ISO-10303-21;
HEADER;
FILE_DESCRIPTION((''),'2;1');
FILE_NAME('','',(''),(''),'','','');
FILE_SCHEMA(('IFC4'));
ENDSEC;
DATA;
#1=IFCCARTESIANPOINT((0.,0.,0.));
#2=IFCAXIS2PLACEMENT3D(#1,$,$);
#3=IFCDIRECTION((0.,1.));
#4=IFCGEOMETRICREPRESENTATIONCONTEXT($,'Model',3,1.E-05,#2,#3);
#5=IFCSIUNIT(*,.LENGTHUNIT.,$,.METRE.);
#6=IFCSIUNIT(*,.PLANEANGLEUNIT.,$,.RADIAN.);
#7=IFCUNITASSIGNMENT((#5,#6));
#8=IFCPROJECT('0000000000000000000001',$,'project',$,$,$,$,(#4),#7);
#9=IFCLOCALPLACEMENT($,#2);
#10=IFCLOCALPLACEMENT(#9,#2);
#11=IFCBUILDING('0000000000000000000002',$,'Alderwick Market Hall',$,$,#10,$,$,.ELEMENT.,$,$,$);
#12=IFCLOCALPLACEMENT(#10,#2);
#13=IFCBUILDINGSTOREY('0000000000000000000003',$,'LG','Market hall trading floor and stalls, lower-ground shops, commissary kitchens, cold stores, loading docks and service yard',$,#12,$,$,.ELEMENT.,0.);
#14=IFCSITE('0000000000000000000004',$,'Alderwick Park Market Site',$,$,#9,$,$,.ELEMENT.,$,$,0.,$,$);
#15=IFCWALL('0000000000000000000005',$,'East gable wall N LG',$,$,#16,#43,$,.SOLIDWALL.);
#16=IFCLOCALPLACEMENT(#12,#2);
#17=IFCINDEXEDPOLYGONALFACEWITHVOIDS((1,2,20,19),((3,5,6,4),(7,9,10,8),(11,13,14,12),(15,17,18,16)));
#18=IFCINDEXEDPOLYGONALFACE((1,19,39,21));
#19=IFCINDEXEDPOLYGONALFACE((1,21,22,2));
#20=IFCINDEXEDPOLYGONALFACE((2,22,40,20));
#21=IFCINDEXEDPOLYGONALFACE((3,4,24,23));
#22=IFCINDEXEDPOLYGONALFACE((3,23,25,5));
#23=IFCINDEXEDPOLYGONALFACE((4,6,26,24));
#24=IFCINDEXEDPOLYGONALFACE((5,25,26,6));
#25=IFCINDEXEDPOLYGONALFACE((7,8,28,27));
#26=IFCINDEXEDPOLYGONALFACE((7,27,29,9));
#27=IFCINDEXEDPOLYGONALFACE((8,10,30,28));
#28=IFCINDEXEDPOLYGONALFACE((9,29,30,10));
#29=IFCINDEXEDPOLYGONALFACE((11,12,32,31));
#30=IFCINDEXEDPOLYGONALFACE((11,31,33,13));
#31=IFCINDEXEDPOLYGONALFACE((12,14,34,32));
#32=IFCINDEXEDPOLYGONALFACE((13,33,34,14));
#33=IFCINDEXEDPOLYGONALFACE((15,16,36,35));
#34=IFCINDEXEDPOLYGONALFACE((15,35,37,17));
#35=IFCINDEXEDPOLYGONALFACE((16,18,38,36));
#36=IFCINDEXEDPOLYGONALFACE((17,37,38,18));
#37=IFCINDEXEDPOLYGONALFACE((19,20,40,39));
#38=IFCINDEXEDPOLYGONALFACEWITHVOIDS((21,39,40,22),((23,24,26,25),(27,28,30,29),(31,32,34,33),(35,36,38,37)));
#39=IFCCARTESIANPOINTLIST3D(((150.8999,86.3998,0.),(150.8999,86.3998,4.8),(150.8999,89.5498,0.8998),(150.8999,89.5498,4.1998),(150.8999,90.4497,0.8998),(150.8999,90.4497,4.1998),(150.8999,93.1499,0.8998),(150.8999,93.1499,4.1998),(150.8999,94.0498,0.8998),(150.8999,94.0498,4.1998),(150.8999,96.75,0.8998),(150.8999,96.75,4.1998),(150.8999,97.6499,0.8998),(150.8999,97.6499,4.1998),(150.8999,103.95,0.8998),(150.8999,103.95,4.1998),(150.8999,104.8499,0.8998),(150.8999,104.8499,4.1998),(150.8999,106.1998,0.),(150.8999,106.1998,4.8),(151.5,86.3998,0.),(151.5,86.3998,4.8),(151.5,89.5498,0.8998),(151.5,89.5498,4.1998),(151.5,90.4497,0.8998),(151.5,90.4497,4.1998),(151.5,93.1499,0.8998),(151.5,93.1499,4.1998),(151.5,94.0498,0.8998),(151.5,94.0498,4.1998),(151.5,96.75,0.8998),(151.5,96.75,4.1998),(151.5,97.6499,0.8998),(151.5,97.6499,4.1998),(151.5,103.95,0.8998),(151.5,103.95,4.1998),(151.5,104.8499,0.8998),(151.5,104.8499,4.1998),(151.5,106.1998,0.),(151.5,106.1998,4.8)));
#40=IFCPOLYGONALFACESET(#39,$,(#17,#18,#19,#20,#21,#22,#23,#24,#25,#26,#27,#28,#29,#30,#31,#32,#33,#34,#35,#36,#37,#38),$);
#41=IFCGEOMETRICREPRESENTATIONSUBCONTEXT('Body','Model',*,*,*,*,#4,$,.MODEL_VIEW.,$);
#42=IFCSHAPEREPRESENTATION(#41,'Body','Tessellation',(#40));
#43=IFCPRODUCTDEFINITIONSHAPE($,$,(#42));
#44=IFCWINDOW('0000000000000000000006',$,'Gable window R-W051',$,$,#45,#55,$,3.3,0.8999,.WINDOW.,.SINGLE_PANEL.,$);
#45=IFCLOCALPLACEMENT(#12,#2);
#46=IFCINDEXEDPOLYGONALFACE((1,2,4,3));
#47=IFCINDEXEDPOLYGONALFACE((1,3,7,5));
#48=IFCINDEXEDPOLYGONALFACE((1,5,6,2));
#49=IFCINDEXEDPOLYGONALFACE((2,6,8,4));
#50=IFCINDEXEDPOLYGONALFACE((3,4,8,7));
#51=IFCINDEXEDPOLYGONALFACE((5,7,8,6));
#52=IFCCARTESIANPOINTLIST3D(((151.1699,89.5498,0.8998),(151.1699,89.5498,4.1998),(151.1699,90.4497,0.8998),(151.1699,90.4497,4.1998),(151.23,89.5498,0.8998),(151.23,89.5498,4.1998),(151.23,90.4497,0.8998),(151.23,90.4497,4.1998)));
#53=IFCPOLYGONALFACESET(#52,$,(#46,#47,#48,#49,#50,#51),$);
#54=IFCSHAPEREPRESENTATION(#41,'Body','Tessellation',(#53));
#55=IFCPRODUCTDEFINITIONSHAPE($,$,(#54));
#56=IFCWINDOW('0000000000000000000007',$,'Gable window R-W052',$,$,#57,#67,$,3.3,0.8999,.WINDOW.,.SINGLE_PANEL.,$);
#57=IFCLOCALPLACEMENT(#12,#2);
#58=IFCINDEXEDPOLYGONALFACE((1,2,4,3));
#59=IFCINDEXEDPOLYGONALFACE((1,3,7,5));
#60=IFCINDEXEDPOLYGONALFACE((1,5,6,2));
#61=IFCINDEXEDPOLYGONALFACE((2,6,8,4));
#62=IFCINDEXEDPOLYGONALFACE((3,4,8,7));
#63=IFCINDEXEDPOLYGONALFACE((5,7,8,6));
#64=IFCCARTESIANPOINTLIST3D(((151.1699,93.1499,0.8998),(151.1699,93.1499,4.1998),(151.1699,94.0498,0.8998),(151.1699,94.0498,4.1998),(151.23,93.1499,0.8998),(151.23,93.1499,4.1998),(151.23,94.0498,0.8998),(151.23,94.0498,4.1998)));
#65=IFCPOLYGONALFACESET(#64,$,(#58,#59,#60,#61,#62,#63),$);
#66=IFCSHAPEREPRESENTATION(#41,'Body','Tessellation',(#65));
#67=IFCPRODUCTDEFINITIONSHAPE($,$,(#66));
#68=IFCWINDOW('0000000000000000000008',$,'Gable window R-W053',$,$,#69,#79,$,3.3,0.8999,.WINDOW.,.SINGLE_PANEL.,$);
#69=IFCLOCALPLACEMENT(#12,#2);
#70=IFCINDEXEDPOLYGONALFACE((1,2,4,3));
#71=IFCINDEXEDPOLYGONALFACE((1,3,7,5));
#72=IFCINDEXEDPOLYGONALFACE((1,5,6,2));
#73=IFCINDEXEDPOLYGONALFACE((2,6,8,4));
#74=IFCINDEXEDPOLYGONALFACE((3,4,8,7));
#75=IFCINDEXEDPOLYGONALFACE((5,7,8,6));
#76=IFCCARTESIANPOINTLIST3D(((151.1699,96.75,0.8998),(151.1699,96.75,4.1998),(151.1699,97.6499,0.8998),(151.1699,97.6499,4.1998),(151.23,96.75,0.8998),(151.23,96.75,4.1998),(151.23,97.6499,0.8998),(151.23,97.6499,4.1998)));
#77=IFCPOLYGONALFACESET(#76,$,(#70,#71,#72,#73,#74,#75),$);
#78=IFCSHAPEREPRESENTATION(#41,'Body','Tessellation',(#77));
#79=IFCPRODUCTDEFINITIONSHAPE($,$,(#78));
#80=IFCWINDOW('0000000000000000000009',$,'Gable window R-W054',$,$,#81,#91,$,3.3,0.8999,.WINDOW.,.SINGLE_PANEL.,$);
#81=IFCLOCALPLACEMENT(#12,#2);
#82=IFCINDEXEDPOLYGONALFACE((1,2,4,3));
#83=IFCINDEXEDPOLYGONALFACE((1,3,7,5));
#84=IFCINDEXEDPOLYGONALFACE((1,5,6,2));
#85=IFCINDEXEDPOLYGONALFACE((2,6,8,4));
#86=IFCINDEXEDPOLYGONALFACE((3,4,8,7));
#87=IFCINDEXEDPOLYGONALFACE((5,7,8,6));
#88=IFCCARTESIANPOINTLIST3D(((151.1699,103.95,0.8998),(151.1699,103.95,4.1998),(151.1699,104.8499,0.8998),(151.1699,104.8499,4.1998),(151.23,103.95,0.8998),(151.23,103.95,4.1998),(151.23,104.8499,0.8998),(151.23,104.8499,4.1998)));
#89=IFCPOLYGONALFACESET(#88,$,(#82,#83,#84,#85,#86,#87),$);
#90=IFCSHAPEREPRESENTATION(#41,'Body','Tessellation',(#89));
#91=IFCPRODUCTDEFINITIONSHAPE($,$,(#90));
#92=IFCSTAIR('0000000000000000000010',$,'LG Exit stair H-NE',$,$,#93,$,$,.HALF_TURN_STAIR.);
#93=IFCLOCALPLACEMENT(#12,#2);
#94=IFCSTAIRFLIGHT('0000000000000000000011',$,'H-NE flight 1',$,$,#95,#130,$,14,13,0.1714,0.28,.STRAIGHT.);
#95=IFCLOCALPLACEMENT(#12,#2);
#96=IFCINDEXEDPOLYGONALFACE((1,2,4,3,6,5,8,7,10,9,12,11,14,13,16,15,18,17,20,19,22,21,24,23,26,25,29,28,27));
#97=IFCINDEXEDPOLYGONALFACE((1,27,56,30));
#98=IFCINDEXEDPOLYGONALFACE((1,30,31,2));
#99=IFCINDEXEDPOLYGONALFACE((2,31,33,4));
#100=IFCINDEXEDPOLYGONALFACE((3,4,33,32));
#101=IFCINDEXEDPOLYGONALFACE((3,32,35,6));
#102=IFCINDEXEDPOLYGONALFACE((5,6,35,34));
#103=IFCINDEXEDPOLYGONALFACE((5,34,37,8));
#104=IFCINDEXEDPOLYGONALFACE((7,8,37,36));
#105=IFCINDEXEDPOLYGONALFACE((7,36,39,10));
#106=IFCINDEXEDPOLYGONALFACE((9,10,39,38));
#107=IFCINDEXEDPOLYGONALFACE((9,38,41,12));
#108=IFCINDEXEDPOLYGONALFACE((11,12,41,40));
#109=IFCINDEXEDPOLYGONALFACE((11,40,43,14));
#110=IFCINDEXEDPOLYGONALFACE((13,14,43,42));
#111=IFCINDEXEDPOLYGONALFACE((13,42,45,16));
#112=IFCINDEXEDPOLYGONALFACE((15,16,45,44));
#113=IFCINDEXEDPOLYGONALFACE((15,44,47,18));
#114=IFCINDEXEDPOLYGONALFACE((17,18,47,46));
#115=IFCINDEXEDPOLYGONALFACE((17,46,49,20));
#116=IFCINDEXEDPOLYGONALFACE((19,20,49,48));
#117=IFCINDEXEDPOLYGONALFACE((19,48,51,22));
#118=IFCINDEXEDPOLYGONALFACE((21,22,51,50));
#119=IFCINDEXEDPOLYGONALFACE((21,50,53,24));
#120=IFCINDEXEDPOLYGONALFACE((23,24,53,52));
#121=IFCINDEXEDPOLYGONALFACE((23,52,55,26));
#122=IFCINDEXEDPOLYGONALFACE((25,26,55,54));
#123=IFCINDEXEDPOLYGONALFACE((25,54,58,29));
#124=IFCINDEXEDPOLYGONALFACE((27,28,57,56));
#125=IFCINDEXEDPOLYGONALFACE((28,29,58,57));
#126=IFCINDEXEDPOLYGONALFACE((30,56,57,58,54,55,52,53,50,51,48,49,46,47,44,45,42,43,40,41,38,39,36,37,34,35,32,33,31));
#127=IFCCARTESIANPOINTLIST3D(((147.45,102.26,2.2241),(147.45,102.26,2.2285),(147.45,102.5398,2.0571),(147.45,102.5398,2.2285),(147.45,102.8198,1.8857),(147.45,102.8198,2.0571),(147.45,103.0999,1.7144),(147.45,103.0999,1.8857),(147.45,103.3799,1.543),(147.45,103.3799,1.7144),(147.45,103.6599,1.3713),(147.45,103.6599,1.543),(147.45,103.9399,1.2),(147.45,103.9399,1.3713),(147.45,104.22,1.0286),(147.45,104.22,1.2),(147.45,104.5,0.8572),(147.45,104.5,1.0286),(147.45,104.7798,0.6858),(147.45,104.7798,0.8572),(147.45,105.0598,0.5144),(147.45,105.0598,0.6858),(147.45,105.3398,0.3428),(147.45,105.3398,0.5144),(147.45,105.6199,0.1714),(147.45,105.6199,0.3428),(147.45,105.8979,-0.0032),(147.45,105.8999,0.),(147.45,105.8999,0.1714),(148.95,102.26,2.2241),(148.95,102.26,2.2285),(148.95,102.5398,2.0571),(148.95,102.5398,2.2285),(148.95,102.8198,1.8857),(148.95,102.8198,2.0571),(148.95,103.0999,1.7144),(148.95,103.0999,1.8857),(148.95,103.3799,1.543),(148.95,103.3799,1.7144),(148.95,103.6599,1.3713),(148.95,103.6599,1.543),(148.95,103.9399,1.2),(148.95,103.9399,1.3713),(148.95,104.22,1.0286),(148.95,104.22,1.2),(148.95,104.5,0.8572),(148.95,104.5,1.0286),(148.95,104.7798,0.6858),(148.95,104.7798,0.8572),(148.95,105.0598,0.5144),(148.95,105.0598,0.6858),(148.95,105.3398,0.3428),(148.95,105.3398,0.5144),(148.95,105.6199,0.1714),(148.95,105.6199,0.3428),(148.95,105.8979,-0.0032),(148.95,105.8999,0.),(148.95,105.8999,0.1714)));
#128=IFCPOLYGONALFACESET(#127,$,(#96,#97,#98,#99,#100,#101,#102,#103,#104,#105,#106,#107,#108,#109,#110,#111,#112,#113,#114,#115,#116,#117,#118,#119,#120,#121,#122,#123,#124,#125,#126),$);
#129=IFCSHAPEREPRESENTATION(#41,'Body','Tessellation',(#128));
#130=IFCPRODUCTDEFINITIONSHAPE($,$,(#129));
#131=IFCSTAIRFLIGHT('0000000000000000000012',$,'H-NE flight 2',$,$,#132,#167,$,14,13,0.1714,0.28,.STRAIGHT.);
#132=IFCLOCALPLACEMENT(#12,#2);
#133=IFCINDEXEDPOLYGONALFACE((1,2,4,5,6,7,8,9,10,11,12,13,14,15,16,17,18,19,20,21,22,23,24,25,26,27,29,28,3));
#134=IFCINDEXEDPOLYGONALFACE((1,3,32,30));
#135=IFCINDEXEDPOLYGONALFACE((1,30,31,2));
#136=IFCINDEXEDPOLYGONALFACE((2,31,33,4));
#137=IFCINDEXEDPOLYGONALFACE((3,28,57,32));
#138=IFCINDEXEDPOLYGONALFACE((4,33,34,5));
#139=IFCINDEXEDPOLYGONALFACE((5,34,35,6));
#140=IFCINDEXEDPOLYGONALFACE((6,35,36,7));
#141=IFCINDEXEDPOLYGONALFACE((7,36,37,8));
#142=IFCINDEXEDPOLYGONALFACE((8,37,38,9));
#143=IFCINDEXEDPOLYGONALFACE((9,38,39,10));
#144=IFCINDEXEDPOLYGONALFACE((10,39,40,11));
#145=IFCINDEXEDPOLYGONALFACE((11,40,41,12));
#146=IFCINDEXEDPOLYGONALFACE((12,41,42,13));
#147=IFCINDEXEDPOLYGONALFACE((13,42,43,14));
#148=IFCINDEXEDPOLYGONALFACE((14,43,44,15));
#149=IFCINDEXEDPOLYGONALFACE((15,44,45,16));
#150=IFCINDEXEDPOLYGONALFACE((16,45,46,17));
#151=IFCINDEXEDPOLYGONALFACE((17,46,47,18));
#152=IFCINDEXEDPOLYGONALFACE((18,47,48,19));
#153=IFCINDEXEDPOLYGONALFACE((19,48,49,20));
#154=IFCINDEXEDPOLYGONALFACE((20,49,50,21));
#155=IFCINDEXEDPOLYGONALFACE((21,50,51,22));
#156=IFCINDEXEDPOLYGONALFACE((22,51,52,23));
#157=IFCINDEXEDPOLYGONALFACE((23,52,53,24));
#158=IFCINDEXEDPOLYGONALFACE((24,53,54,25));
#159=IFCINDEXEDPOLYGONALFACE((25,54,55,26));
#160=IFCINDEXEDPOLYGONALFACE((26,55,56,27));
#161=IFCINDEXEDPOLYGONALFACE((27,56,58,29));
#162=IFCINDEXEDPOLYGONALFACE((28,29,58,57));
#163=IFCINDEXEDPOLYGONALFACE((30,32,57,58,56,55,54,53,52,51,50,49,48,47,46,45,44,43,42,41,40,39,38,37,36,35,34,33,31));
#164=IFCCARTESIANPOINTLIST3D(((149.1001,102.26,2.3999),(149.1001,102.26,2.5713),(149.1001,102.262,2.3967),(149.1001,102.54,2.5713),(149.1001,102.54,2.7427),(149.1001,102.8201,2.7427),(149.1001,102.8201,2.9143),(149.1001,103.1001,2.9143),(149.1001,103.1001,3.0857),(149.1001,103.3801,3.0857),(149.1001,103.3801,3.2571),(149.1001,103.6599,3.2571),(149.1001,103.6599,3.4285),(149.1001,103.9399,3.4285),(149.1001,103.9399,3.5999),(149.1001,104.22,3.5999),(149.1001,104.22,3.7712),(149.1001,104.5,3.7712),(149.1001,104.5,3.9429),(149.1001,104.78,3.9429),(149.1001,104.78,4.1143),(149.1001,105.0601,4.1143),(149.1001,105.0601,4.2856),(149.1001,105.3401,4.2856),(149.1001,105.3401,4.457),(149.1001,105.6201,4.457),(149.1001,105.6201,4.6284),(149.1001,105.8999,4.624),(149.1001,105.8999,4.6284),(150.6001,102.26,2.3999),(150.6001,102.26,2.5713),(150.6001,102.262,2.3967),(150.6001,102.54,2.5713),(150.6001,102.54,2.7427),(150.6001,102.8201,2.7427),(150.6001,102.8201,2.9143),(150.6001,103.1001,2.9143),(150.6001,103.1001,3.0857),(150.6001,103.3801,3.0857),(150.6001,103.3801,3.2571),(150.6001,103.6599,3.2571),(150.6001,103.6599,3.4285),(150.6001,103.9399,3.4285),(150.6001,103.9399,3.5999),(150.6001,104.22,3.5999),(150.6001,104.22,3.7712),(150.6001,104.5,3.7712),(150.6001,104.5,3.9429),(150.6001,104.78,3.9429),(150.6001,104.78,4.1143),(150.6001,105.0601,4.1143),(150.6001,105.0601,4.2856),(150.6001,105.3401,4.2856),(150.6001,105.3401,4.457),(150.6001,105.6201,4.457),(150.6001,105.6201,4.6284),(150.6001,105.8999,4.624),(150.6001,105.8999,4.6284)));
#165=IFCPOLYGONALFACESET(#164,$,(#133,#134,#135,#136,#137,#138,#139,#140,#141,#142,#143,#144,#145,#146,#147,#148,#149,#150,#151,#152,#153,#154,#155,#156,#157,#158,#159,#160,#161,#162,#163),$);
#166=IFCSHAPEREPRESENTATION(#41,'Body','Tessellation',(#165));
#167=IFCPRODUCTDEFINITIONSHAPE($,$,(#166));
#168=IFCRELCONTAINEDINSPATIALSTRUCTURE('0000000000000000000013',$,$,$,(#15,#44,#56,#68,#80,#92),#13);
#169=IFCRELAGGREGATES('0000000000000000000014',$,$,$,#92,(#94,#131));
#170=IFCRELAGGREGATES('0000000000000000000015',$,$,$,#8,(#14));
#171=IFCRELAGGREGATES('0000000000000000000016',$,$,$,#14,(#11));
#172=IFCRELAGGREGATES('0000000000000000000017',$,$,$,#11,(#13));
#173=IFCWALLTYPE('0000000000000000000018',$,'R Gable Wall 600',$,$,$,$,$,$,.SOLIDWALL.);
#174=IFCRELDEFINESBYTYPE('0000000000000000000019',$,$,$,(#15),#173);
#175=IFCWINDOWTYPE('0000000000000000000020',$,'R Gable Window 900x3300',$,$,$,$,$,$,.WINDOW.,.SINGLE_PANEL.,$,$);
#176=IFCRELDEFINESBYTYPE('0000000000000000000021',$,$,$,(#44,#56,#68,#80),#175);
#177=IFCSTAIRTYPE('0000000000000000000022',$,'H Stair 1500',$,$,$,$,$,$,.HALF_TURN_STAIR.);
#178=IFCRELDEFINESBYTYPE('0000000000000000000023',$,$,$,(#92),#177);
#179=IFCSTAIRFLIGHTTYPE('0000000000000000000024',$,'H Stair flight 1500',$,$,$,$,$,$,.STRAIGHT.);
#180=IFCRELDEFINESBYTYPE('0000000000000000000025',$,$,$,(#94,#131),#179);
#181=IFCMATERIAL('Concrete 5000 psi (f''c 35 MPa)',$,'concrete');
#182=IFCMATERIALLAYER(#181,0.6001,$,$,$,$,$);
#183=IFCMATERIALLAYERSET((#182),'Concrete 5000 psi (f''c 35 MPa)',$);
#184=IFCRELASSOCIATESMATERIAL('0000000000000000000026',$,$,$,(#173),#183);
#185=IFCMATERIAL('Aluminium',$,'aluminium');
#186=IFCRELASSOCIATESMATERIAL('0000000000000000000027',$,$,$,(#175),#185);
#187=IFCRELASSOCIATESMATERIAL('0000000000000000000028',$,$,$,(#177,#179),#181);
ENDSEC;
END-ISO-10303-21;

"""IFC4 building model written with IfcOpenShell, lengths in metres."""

from ifc_helpers import new_model, si_unit, direction, frame, frame_2d, origin, place, context, subcontext, project, spatial, polyline, rectangle, outline, extrude, material, layer, layer_set, type_object, element, fill, aggregate, save


model = new_model("IFC4")

# Units and contexts
model_context = context("Model", 3, precision=1e-05, world=origin(), true_north=direction((0.0, 1.0)))
body_context = subcontext(model_context, "Body", "Model", "MODEL_VIEW")
ifc_project = project(units=[si_unit("LENGTHUNIT", "METRE"), si_unit("PLANEANGLEUNIT", "RADIAN")], contexts=[model_context])

# Site, building, storey
site_placement = place(None, origin())
site = spatial("IfcSite", under=ifc_project, at=site_placement, Name="Alderwick Park Market Site", CompositionType="ELEMENT", RefElevation=0.0)
building_placement = place(site_placement, origin())
building = spatial("IfcBuilding", under=site, at=building_placement, Name="Alderwick Market Hall", CompositionType="ELEMENT")
storey_placement = place(building_placement, origin())
storey = spatial("IfcBuildingStorey", under=building, at=storey_placement, Name="LG", Description="Market hall trading floor and stalls, lower-ground shops, commissary kitchens, cold stores, loading docks and service yard", CompositionType="ELEMENT", Elevation=0.0)

# Shared definitions
ifc_material_1 = material(Name="Concrete 5000 psi (f'c 35 MPa)", Category="concrete")

# Wall, openings, windows
ifc_layer_1 = layer(ifc_material_1, 0.6001)
ifc_layer_set_1 = layer_set([ifc_layer_1], Name="Concrete 5000 psi (f'c 35 MPa)")
wall_type_1 = type_object("IfcWallType", Name="R Gable Wall 600", PredefinedType="SOLIDWALL", material=ifc_layer_set_1)
wall_1_placement = place(storey_placement, frame((151.2, 86.3999, 0.0), z_axis=(0.0, 0.0, 1.0), x_axis=(0.0, 1.0, 0.0)))
wall_1 = element("IfcWall", 1, at=wall_1_placement, inside=storey, type_object=wall_type_1, Name="East gable wall N LG", PredefinedType="SOLIDWALL", context=body_context, shape_type="SweptSolid", body=[
    extrude(rectangle(XDim=19.8, YDim=0.6001, at=frame_2d((9.8999, 0.0))), origin(), (0.0, 0.0, 1.0), 4.8),
])
opening_1_placement = place(wall_1_placement, frame((3.1499, 0.0, 0.8999)))
opening_1 = element("IfcOpeningElement", 2, at=opening_1_placement, cuts=wall_1, PredefinedType="OPENING", context=body_context, shape_type="SweptSolid", body=[
    extrude(rectangle(XDim=0.8999, YDim=3.3, at=frame_2d((0.45, 1.6499))), frame((0.0, 0.3101, 0.0), z_axis=(0.0, -1.0, 0.0), x_axis=(1.0, 0.0, 0.0)), (0.0, 0.0, 1.0), 0.6201),
])
opening_2_placement = place(wall_1_placement, frame((6.75, 0.0, 0.8999)))
opening_2 = element("IfcOpeningElement", 3, at=opening_2_placement, cuts=wall_1, PredefinedType="OPENING", context=body_context, shape_type="SweptSolid", body=[
    extrude(rectangle(XDim=0.8999, YDim=3.3, at=frame_2d((0.45, 1.6499))), frame((0.0, 0.3101, 0.0), z_axis=(0.0, -1.0, 0.0), x_axis=(1.0, 0.0, 0.0)), (0.0, 0.0, 1.0), 0.6201),
])
opening_3_placement = place(wall_1_placement, frame((10.3501, 0.0, 0.8999)))
opening_3 = element("IfcOpeningElement", 4, at=opening_3_placement, cuts=wall_1, PredefinedType="OPENING", context=body_context, shape_type="SweptSolid", body=[
    extrude(rectangle(XDim=0.8999, YDim=3.3, at=frame_2d((0.45, 1.6499))), frame((0.0, 0.3101, 0.0), z_axis=(0.0, -1.0, 0.0), x_axis=(1.0, 0.0, 0.0)), (0.0, 0.0, 1.0), 0.6201),
])
opening_4_placement = place(wall_1_placement, frame((17.55, 0.0, 0.8999)))
opening_4 = element("IfcOpeningElement", 5, at=opening_4_placement, cuts=wall_1, PredefinedType="OPENING", context=body_context, shape_type="SweptSolid", body=[
    extrude(rectangle(XDim=0.8999, YDim=3.3, at=frame_2d((0.45, 1.6499))), frame((0.0, 0.3101, 0.0), z_axis=(0.0, -1.0, 0.0), x_axis=(1.0, 0.0, 0.0)), (0.0, 0.0, 1.0), 0.6201),
])
ifc_material_2 = material(Name="Aluminium", Category="aluminium")
window_type = type_object("IfcWindowType", Name="R Gable Window 900x3300", PartitioningType="SINGLE_PANEL", PredefinedType="WINDOW", material=ifc_material_2)
window_1_placement = place(opening_1_placement, origin())
window_1 = element("IfcWindow", 6, at=window_1_placement, inside=storey, type_object=window_type, Name="Gable window R-W051", OverallHeight=3.3, OverallWidth=0.8999, PartitioningType="SINGLE_PANEL", PredefinedType="WINDOW", context=body_context, shape_type="SweptSolid", body=[
    extrude(rectangle(XDim=0.8999, YDim=3.3, at=frame_2d((0.45, 1.6499))), frame((0.0, 0.03, 0.0), z_axis=(0.0, -1.0, 0.0), x_axis=(1.0, 0.0, 0.0)), (0.0, 0.0, 1.0), 0.0601),
])
fill(opening_1, window_1)
window_2_placement = place(opening_2_placement, origin())
window_2 = element("IfcWindow", 7, at=window_2_placement, inside=storey, type_object=window_type, Name="Gable window R-W052", OverallHeight=3.3, OverallWidth=0.8999, PartitioningType="SINGLE_PANEL", PredefinedType="WINDOW", context=body_context, shape_type="SweptSolid", body=[
    extrude(rectangle(XDim=0.8999, YDim=3.3, at=frame_2d((0.45, 1.6499))), frame((0.0, 0.03, 0.0), z_axis=(0.0, -1.0, 0.0), x_axis=(1.0, 0.0, 0.0)), (0.0, 0.0, 1.0), 0.0601),
])
fill(opening_2, window_2)
window_3_placement = place(opening_3_placement, origin())
window_3 = element("IfcWindow", 8, at=window_3_placement, inside=storey, type_object=window_type, Name="Gable window R-W053", OverallHeight=3.3, OverallWidth=0.8999, PartitioningType="SINGLE_PANEL", PredefinedType="WINDOW", context=body_context, shape_type="SweptSolid", body=[
    extrude(rectangle(XDim=0.8999, YDim=3.3, at=frame_2d((0.45, 1.6499))), frame((0.0, 0.03, 0.0), z_axis=(0.0, -1.0, 0.0), x_axis=(1.0, 0.0, 0.0)), (0.0, 0.0, 1.0), 0.0601),
])
fill(opening_3, window_3)
window_4_placement = place(opening_4_placement, origin())
window_4 = element("IfcWindow", 9, at=window_4_placement, inside=storey, type_object=window_type, Name="Gable window R-W054", OverallHeight=3.3, OverallWidth=0.8999, PartitioningType="SINGLE_PANEL", PredefinedType="WINDOW", context=body_context, shape_type="SweptSolid", body=[
    extrude(rectangle(XDim=0.8999, YDim=3.3, at=frame_2d((0.45, 1.6499))), frame((0.0, 0.03, 0.0), z_axis=(0.0, -1.0, 0.0), x_axis=(1.0, 0.0, 0.0)), (0.0, 0.0, 1.0), 0.0601),
])
fill(opening_4, window_4)

# Stair, stair flights
stair_type = type_object("IfcStairType", Name="H Stair 1500", PredefinedType="HALF_TURN_STAIR", material=ifc_material_1)
stair_placement = place(storey_placement, origin())
stair = element("IfcStair", 10, at=stair_placement, inside=storey, type_object=stair_type, Name="LG Exit stair H-NE", PredefinedType="HALF_TURN_STAIR")
stair_flight_type = type_object("IfcStairFlightType", Name="H Stair flight 1500", PredefinedType="STRAIGHT", material=ifc_material_1)
stair_flight_1_placement = place(storey_placement, frame((148.2, 105.8999, 0.0), z_axis=(0.0, 0.0, 1.0), x_axis=(0.0, -1.0, 0.0)))
stair_flight_1 = element("IfcStairFlight", 11, at=stair_flight_1_placement, type_object=stair_flight_type, Name="H-NE flight 1", NumberOfRisers=14, NumberOfTreads=13, PredefinedType="STRAIGHT", RiserHeight=0.1714, TreadLength=0.28, context=body_context, shape_type="SweptSolid", body=[
    extrude(outline(polyline([(0.002, -0.0032), (0.0, 0.0), (0.0, 0.1714), (0.28, 0.1714), (0.28, 0.3428), (0.5601, 0.3428), (0.5601, 0.5144), (0.8401, 0.5144), (0.8401, 0.6858), (1.1201, 0.6858), (1.1201, 0.8572), (1.3999, 0.8572), (1.3999, 1.0286), (1.6799, 1.0286), (1.6799, 1.2), (1.96, 1.2), (1.96, 1.3713), (2.24, 1.3713), (2.24, 1.543), (2.52, 1.543), (2.52, 1.7144), (2.8, 1.7144), (2.8, 1.8857), (3.0801, 1.8857), (3.0801, 2.0571), (3.3601, 2.0571), (3.3601, 2.2285), (3.6399, 2.2285), (3.6399, 2.2241), (0.002, -0.0032)])), frame((0.0, 0.75, 0.0), z_axis=(0.0, -1.0, 0.0), x_axis=(1.0, 0.0, 0.0)), (0.0, 0.0, 1.0), 1.5),
])
stair_flight_2_placement = place(storey_placement, frame((149.8501, 102.26, 2.3999), z_axis=(0.0, 0.0, 1.0), x_axis=(0.0, 1.0, 0.0)))
stair_flight_2 = element("IfcStairFlight", 12, at=stair_flight_2_placement, type_object=stair_flight_type, Name="H-NE flight 2", NumberOfRisers=14, NumberOfTreads=13, PredefinedType="STRAIGHT", RiserHeight=0.1714, TreadLength=0.28, context=body_context, shape_type="SweptSolid", body=[
    extrude(outline(polyline([(0.002, -0.0032), (0.0, 0.0), (0.0, 0.1714), (0.28, 0.1714), (0.28, 0.3428), (0.5601, 0.3428), (0.5601, 0.5144), (0.8401, 0.5144), (0.8401, 0.6858), (1.1201, 0.6858), (1.1201, 0.8572), (1.3999, 0.8572), (1.3999, 1.0286), (1.6799, 1.0286), (1.6799, 1.2), (1.96, 1.2), (1.96, 1.3713), (2.24, 1.3713), (2.24, 1.543), (2.52, 1.543), (2.52, 1.7144), (2.8, 1.7144), (2.8, 1.8857), (3.0801, 1.8857), (3.0801, 2.0571), (3.3601, 2.0571), (3.3601, 2.2285), (3.6399, 2.2285), (3.6399, 2.2241), (0.002, -0.0032)])), frame((0.0, 0.75, 0.0), z_axis=(0.0, -1.0, 0.0), x_axis=(1.0, 0.0, 0.0)), (0.0, 0.0, 1.0), 1.5),
])
aggregate(stair, [stair_flight_1, stair_flight_2])

save(model, "model.ifc")
